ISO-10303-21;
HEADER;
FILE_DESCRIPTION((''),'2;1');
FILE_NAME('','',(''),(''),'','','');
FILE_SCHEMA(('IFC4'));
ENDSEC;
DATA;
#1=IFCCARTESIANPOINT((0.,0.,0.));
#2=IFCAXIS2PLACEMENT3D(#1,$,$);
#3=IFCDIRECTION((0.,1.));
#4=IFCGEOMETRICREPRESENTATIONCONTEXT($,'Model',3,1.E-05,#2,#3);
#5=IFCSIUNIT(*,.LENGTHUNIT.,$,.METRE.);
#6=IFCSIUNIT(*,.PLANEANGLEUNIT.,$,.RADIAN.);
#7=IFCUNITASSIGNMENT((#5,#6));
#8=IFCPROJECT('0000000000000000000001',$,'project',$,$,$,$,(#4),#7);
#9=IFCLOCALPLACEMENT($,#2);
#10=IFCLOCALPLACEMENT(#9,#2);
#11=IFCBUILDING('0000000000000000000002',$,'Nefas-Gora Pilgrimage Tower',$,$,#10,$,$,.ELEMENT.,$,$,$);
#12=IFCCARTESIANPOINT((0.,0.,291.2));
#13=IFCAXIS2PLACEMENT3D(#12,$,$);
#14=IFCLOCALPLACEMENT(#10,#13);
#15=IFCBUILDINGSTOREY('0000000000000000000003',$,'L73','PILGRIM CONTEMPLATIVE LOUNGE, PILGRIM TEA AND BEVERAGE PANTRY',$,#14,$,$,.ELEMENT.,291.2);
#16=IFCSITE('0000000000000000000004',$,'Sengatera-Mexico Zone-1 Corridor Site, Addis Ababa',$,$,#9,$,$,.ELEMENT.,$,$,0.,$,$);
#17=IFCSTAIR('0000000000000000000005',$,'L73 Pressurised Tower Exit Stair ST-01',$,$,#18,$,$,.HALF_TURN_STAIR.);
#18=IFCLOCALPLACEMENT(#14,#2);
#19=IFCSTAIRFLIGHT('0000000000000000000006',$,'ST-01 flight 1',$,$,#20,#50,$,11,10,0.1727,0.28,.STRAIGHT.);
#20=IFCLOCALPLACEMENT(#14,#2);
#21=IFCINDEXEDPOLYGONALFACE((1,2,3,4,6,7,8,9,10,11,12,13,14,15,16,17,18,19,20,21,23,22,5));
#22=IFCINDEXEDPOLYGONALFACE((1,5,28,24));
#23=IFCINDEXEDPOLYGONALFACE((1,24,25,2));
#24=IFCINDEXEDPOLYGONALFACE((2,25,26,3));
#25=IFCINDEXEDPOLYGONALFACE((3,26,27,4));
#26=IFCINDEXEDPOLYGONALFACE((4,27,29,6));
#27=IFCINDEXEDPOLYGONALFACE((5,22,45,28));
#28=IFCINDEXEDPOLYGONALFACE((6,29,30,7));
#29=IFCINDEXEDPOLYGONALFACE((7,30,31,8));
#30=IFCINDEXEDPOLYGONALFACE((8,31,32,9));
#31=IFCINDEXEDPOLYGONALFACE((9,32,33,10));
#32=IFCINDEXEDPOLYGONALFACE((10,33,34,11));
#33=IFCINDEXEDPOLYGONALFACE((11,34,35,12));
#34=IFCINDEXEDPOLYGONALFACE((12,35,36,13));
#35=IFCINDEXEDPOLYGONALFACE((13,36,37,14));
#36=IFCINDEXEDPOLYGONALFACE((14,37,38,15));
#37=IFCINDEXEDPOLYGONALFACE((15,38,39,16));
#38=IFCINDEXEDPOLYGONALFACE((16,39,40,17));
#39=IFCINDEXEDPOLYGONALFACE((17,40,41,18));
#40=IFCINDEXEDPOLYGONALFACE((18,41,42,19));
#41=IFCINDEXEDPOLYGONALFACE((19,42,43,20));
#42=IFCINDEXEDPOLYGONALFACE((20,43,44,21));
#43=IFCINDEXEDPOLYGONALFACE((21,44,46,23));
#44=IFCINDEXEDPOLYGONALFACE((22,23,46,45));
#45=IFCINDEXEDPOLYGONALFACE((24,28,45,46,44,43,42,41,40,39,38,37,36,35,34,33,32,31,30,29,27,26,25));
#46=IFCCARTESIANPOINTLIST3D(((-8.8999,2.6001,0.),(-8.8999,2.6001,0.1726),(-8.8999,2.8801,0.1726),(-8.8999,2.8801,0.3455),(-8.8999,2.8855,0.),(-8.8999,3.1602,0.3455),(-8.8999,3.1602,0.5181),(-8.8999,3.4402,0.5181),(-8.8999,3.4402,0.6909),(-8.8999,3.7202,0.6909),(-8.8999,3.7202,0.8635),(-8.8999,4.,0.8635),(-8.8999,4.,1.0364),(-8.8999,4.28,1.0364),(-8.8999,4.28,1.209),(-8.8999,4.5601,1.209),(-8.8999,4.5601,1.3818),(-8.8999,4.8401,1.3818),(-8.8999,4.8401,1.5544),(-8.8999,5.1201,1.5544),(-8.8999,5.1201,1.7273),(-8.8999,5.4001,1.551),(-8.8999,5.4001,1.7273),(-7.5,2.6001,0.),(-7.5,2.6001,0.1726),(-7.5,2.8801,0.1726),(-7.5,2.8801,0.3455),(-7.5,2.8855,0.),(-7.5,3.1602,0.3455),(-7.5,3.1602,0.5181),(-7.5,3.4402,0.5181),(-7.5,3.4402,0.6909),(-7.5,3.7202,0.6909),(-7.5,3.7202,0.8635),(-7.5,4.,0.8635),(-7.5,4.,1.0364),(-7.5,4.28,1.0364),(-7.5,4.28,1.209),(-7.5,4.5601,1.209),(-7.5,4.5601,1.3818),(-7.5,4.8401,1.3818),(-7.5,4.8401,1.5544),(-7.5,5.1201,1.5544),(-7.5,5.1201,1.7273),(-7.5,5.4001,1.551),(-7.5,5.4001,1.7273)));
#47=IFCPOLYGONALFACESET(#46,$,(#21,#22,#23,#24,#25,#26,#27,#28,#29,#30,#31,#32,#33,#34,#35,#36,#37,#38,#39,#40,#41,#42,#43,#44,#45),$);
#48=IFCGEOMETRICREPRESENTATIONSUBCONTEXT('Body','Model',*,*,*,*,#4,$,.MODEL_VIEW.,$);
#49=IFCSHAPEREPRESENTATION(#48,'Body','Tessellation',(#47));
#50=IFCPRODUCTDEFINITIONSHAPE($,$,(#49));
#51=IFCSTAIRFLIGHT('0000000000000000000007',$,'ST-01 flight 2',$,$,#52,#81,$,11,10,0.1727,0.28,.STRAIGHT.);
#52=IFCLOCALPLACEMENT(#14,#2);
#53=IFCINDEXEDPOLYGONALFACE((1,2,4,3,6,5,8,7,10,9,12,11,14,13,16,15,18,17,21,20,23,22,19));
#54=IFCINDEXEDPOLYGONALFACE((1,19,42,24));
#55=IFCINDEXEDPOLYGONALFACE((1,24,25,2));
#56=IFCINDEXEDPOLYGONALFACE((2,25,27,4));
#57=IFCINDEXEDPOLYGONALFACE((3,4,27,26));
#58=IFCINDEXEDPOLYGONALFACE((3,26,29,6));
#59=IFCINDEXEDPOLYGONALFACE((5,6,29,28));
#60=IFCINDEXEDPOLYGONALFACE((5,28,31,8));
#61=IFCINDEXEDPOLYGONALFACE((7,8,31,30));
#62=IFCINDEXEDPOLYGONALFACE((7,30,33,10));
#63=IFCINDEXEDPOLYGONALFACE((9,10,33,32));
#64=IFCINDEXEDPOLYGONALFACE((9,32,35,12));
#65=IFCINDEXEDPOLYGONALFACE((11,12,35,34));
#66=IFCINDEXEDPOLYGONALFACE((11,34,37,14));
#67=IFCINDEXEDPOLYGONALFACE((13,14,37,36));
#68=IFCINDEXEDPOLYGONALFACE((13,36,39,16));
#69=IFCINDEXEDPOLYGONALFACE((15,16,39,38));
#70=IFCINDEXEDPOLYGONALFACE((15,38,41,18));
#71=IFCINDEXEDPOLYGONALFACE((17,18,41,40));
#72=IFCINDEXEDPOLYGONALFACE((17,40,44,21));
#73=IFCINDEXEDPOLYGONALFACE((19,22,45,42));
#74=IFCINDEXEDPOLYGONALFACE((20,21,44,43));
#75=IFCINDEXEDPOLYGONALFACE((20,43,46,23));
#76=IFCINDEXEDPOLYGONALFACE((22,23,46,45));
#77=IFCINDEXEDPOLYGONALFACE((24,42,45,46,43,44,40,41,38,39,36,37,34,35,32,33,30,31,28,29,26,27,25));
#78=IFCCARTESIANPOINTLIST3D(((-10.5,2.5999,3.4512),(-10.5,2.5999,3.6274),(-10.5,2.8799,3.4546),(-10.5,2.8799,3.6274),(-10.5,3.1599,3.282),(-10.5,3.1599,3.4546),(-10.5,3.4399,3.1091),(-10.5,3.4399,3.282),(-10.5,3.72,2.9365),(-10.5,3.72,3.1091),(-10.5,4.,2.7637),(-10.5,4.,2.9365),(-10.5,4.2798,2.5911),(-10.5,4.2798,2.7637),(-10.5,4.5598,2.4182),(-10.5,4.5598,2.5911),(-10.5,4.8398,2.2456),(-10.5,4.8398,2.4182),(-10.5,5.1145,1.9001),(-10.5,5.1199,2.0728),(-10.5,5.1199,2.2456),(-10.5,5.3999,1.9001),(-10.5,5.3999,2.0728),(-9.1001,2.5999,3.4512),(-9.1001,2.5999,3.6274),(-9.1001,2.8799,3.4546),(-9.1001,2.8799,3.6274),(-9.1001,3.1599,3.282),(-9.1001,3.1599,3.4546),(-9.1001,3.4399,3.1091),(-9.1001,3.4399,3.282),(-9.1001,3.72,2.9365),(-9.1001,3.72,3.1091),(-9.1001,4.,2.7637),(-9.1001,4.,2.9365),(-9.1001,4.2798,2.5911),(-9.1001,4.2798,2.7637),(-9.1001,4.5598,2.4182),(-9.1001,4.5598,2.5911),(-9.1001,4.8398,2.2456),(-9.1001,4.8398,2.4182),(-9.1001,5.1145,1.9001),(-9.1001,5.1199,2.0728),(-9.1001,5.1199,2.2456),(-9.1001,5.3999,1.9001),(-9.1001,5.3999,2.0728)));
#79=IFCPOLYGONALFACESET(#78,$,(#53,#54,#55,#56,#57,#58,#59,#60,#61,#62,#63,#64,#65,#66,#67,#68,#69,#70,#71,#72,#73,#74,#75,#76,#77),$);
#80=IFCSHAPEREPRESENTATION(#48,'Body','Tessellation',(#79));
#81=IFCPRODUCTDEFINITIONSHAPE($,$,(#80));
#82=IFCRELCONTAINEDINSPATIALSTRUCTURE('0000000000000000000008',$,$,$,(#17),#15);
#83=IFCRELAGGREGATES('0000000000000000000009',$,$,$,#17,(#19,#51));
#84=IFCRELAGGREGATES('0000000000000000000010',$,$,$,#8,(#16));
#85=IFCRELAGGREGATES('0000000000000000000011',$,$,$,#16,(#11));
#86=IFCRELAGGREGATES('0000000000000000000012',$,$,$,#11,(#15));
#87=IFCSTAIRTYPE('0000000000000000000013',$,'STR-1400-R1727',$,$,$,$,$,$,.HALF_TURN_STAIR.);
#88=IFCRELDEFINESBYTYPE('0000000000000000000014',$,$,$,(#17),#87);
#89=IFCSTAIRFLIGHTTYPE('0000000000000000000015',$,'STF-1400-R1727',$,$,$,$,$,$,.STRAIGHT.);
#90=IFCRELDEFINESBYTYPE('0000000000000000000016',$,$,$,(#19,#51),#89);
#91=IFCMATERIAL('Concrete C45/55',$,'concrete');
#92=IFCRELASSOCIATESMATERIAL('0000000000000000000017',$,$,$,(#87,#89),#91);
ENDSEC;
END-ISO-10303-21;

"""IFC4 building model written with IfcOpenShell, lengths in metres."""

from ifc_helpers import new_model, si_unit, direction, frame, origin, place, context, subcontext, project, spatial, polyline, outline, extrude, source, transform, mapped, material, type_object, element, aggregate, save


model = new_model("IFC4")

# Units and contexts
model_context = context("Model", 3, precision=1e-05, world=origin(), true_north=direction((0.0, 1.0)))
body_context = subcontext(model_context, "Body", "Model", "MODEL_VIEW")
ifc_project = project(units=[si_unit("LENGTHUNIT", "METRE"), si_unit("PLANEANGLEUNIT", "RADIAN")], contexts=[model_context])

# Site, building, storey
site_placement = place(None, origin())
site = spatial("IfcSite", under=ifc_project, at=site_placement, Name="Sengatera-Mexico Zone-1 Corridor Site, Addis Ababa", CompositionType="ELEMENT", RefElevation=0.0)
building_placement = place(site_placement, origin())
building = spatial("IfcBuilding", under=site, at=building_placement, Name="Nefas-Gora Pilgrimage Tower", CompositionType="ELEMENT")
storey_placement = place(building_placement, frame((0.0, 0.0, 291.2)))
storey = spatial("IfcBuildingStorey", under=building, at=storey_placement, Name="L73", Description="PILGRIM CONTEMPLATIVE LOUNGE, PILGRIM TEA AND BEVERAGE PANTRY", CompositionType="ELEMENT", Elevation=291.2)

# Shared definitions
ifc_material_1 = material(Name="Concrete C45/55", Category="concrete")

# Stair, stair flights
stair_type = type_object("IfcStairType", Name="STR-1400-R1727", PredefinedType="HALF_TURN_STAIR", material=ifc_material_1)
stair_placement = place(storey_placement, origin())
stair = element("IfcStair", 1, at=stair_placement, inside=storey, type_object=stair_type, Name="L73 Pressurised Tower Exit Stair ST-01", PredefinedType="HALF_TURN_STAIR")
stair_flight_type = type_object("IfcStairFlightType", Name="STF-1400-R1727", PredefinedType="STRAIGHT", material=ifc_material_1)
shared_shape_1 = source(origin(), body_context, "Body", "SweptSolid", [
    extrude(outline(polyline([(0.0, 0.0), (0.0, 0.1726), (0.28, 0.1726), (0.28, 0.3455), (0.5601, 0.3455), (0.5601, 0.5181), (0.8401, 0.5181), (0.8401, 0.6909), (1.1201, 0.6909), (1.1201, 0.8635), (1.3999, 0.8635), (1.3999, 1.0364), (1.6799, 1.0364), (1.6799, 1.209), (1.96, 1.209), (1.96, 1.3818), (2.24, 1.3818), (2.24, 1.5544), (2.52, 1.5544), (2.52, 1.7273), (2.8, 1.7273), (2.8, 1.8999), (2.8, 1.551), (0.2854, 0.0), (0.0, 0.0)])), frame((0.0, 0.7, 0.0), z_axis=(0.0, -1.0, 0.0), x_axis=(1.0, 0.0, 0.0)), (0.0, 0.0, 1.0), 1.3999),
])
stair_flight_1_placement = place(storey_placement, frame((-8.2, 2.6001, 0.0), z_axis=(0.0, 0.0, 1.0), x_axis=(0.0, 1.0, 0.0)))
stair_flight_1 = element("IfcStairFlight", 2, at=stair_flight_1_placement, type_object=stair_flight_type, Name="ST-01 flight 1", NumberOfRisers=11, NumberOfTreads=10, PredefinedType="STRAIGHT", RiserHeight=0.1727, TreadLength=0.28, context=body_context, shape_type="MappedRepresentation", body=[
    mapped(shared_shape_1, transform((0.0, 0.0, 0.0), x_axis=(1.0, 0.0, 0.0), y_axis=(0.0, 1.0, 0.0), z_axis=(0.0, 0.0, 1.0), scale=1.0)),
])
stair_flight_2_placement = place(storey_placement, frame((-9.8, 5.3999, 1.9001), z_axis=(0.0, 0.0, 1.0), x_axis=(0.0, -1.0, 0.0)))
stair_flight_2 = element("IfcStairFlight", 3, at=stair_flight_2_placement, type_object=stair_flight_type, Name="ST-01 flight 2", NumberOfRisers=11, NumberOfTreads=10, PredefinedType="STRAIGHT", RiserHeight=0.1727, TreadLength=0.28, context=body_context, shape_type="MappedRepresentation", body=[
    mapped(shared_shape_1, transform((0.0, 0.0, 0.0), x_axis=(1.0, 0.0, 0.0), y_axis=(0.0, 1.0, 0.0), z_axis=(0.0, 0.0, 1.0), scale=1.0)),
])
aggregate(stair, [stair_flight_1, stair_flight_2])

save(model, "model.ifc")
